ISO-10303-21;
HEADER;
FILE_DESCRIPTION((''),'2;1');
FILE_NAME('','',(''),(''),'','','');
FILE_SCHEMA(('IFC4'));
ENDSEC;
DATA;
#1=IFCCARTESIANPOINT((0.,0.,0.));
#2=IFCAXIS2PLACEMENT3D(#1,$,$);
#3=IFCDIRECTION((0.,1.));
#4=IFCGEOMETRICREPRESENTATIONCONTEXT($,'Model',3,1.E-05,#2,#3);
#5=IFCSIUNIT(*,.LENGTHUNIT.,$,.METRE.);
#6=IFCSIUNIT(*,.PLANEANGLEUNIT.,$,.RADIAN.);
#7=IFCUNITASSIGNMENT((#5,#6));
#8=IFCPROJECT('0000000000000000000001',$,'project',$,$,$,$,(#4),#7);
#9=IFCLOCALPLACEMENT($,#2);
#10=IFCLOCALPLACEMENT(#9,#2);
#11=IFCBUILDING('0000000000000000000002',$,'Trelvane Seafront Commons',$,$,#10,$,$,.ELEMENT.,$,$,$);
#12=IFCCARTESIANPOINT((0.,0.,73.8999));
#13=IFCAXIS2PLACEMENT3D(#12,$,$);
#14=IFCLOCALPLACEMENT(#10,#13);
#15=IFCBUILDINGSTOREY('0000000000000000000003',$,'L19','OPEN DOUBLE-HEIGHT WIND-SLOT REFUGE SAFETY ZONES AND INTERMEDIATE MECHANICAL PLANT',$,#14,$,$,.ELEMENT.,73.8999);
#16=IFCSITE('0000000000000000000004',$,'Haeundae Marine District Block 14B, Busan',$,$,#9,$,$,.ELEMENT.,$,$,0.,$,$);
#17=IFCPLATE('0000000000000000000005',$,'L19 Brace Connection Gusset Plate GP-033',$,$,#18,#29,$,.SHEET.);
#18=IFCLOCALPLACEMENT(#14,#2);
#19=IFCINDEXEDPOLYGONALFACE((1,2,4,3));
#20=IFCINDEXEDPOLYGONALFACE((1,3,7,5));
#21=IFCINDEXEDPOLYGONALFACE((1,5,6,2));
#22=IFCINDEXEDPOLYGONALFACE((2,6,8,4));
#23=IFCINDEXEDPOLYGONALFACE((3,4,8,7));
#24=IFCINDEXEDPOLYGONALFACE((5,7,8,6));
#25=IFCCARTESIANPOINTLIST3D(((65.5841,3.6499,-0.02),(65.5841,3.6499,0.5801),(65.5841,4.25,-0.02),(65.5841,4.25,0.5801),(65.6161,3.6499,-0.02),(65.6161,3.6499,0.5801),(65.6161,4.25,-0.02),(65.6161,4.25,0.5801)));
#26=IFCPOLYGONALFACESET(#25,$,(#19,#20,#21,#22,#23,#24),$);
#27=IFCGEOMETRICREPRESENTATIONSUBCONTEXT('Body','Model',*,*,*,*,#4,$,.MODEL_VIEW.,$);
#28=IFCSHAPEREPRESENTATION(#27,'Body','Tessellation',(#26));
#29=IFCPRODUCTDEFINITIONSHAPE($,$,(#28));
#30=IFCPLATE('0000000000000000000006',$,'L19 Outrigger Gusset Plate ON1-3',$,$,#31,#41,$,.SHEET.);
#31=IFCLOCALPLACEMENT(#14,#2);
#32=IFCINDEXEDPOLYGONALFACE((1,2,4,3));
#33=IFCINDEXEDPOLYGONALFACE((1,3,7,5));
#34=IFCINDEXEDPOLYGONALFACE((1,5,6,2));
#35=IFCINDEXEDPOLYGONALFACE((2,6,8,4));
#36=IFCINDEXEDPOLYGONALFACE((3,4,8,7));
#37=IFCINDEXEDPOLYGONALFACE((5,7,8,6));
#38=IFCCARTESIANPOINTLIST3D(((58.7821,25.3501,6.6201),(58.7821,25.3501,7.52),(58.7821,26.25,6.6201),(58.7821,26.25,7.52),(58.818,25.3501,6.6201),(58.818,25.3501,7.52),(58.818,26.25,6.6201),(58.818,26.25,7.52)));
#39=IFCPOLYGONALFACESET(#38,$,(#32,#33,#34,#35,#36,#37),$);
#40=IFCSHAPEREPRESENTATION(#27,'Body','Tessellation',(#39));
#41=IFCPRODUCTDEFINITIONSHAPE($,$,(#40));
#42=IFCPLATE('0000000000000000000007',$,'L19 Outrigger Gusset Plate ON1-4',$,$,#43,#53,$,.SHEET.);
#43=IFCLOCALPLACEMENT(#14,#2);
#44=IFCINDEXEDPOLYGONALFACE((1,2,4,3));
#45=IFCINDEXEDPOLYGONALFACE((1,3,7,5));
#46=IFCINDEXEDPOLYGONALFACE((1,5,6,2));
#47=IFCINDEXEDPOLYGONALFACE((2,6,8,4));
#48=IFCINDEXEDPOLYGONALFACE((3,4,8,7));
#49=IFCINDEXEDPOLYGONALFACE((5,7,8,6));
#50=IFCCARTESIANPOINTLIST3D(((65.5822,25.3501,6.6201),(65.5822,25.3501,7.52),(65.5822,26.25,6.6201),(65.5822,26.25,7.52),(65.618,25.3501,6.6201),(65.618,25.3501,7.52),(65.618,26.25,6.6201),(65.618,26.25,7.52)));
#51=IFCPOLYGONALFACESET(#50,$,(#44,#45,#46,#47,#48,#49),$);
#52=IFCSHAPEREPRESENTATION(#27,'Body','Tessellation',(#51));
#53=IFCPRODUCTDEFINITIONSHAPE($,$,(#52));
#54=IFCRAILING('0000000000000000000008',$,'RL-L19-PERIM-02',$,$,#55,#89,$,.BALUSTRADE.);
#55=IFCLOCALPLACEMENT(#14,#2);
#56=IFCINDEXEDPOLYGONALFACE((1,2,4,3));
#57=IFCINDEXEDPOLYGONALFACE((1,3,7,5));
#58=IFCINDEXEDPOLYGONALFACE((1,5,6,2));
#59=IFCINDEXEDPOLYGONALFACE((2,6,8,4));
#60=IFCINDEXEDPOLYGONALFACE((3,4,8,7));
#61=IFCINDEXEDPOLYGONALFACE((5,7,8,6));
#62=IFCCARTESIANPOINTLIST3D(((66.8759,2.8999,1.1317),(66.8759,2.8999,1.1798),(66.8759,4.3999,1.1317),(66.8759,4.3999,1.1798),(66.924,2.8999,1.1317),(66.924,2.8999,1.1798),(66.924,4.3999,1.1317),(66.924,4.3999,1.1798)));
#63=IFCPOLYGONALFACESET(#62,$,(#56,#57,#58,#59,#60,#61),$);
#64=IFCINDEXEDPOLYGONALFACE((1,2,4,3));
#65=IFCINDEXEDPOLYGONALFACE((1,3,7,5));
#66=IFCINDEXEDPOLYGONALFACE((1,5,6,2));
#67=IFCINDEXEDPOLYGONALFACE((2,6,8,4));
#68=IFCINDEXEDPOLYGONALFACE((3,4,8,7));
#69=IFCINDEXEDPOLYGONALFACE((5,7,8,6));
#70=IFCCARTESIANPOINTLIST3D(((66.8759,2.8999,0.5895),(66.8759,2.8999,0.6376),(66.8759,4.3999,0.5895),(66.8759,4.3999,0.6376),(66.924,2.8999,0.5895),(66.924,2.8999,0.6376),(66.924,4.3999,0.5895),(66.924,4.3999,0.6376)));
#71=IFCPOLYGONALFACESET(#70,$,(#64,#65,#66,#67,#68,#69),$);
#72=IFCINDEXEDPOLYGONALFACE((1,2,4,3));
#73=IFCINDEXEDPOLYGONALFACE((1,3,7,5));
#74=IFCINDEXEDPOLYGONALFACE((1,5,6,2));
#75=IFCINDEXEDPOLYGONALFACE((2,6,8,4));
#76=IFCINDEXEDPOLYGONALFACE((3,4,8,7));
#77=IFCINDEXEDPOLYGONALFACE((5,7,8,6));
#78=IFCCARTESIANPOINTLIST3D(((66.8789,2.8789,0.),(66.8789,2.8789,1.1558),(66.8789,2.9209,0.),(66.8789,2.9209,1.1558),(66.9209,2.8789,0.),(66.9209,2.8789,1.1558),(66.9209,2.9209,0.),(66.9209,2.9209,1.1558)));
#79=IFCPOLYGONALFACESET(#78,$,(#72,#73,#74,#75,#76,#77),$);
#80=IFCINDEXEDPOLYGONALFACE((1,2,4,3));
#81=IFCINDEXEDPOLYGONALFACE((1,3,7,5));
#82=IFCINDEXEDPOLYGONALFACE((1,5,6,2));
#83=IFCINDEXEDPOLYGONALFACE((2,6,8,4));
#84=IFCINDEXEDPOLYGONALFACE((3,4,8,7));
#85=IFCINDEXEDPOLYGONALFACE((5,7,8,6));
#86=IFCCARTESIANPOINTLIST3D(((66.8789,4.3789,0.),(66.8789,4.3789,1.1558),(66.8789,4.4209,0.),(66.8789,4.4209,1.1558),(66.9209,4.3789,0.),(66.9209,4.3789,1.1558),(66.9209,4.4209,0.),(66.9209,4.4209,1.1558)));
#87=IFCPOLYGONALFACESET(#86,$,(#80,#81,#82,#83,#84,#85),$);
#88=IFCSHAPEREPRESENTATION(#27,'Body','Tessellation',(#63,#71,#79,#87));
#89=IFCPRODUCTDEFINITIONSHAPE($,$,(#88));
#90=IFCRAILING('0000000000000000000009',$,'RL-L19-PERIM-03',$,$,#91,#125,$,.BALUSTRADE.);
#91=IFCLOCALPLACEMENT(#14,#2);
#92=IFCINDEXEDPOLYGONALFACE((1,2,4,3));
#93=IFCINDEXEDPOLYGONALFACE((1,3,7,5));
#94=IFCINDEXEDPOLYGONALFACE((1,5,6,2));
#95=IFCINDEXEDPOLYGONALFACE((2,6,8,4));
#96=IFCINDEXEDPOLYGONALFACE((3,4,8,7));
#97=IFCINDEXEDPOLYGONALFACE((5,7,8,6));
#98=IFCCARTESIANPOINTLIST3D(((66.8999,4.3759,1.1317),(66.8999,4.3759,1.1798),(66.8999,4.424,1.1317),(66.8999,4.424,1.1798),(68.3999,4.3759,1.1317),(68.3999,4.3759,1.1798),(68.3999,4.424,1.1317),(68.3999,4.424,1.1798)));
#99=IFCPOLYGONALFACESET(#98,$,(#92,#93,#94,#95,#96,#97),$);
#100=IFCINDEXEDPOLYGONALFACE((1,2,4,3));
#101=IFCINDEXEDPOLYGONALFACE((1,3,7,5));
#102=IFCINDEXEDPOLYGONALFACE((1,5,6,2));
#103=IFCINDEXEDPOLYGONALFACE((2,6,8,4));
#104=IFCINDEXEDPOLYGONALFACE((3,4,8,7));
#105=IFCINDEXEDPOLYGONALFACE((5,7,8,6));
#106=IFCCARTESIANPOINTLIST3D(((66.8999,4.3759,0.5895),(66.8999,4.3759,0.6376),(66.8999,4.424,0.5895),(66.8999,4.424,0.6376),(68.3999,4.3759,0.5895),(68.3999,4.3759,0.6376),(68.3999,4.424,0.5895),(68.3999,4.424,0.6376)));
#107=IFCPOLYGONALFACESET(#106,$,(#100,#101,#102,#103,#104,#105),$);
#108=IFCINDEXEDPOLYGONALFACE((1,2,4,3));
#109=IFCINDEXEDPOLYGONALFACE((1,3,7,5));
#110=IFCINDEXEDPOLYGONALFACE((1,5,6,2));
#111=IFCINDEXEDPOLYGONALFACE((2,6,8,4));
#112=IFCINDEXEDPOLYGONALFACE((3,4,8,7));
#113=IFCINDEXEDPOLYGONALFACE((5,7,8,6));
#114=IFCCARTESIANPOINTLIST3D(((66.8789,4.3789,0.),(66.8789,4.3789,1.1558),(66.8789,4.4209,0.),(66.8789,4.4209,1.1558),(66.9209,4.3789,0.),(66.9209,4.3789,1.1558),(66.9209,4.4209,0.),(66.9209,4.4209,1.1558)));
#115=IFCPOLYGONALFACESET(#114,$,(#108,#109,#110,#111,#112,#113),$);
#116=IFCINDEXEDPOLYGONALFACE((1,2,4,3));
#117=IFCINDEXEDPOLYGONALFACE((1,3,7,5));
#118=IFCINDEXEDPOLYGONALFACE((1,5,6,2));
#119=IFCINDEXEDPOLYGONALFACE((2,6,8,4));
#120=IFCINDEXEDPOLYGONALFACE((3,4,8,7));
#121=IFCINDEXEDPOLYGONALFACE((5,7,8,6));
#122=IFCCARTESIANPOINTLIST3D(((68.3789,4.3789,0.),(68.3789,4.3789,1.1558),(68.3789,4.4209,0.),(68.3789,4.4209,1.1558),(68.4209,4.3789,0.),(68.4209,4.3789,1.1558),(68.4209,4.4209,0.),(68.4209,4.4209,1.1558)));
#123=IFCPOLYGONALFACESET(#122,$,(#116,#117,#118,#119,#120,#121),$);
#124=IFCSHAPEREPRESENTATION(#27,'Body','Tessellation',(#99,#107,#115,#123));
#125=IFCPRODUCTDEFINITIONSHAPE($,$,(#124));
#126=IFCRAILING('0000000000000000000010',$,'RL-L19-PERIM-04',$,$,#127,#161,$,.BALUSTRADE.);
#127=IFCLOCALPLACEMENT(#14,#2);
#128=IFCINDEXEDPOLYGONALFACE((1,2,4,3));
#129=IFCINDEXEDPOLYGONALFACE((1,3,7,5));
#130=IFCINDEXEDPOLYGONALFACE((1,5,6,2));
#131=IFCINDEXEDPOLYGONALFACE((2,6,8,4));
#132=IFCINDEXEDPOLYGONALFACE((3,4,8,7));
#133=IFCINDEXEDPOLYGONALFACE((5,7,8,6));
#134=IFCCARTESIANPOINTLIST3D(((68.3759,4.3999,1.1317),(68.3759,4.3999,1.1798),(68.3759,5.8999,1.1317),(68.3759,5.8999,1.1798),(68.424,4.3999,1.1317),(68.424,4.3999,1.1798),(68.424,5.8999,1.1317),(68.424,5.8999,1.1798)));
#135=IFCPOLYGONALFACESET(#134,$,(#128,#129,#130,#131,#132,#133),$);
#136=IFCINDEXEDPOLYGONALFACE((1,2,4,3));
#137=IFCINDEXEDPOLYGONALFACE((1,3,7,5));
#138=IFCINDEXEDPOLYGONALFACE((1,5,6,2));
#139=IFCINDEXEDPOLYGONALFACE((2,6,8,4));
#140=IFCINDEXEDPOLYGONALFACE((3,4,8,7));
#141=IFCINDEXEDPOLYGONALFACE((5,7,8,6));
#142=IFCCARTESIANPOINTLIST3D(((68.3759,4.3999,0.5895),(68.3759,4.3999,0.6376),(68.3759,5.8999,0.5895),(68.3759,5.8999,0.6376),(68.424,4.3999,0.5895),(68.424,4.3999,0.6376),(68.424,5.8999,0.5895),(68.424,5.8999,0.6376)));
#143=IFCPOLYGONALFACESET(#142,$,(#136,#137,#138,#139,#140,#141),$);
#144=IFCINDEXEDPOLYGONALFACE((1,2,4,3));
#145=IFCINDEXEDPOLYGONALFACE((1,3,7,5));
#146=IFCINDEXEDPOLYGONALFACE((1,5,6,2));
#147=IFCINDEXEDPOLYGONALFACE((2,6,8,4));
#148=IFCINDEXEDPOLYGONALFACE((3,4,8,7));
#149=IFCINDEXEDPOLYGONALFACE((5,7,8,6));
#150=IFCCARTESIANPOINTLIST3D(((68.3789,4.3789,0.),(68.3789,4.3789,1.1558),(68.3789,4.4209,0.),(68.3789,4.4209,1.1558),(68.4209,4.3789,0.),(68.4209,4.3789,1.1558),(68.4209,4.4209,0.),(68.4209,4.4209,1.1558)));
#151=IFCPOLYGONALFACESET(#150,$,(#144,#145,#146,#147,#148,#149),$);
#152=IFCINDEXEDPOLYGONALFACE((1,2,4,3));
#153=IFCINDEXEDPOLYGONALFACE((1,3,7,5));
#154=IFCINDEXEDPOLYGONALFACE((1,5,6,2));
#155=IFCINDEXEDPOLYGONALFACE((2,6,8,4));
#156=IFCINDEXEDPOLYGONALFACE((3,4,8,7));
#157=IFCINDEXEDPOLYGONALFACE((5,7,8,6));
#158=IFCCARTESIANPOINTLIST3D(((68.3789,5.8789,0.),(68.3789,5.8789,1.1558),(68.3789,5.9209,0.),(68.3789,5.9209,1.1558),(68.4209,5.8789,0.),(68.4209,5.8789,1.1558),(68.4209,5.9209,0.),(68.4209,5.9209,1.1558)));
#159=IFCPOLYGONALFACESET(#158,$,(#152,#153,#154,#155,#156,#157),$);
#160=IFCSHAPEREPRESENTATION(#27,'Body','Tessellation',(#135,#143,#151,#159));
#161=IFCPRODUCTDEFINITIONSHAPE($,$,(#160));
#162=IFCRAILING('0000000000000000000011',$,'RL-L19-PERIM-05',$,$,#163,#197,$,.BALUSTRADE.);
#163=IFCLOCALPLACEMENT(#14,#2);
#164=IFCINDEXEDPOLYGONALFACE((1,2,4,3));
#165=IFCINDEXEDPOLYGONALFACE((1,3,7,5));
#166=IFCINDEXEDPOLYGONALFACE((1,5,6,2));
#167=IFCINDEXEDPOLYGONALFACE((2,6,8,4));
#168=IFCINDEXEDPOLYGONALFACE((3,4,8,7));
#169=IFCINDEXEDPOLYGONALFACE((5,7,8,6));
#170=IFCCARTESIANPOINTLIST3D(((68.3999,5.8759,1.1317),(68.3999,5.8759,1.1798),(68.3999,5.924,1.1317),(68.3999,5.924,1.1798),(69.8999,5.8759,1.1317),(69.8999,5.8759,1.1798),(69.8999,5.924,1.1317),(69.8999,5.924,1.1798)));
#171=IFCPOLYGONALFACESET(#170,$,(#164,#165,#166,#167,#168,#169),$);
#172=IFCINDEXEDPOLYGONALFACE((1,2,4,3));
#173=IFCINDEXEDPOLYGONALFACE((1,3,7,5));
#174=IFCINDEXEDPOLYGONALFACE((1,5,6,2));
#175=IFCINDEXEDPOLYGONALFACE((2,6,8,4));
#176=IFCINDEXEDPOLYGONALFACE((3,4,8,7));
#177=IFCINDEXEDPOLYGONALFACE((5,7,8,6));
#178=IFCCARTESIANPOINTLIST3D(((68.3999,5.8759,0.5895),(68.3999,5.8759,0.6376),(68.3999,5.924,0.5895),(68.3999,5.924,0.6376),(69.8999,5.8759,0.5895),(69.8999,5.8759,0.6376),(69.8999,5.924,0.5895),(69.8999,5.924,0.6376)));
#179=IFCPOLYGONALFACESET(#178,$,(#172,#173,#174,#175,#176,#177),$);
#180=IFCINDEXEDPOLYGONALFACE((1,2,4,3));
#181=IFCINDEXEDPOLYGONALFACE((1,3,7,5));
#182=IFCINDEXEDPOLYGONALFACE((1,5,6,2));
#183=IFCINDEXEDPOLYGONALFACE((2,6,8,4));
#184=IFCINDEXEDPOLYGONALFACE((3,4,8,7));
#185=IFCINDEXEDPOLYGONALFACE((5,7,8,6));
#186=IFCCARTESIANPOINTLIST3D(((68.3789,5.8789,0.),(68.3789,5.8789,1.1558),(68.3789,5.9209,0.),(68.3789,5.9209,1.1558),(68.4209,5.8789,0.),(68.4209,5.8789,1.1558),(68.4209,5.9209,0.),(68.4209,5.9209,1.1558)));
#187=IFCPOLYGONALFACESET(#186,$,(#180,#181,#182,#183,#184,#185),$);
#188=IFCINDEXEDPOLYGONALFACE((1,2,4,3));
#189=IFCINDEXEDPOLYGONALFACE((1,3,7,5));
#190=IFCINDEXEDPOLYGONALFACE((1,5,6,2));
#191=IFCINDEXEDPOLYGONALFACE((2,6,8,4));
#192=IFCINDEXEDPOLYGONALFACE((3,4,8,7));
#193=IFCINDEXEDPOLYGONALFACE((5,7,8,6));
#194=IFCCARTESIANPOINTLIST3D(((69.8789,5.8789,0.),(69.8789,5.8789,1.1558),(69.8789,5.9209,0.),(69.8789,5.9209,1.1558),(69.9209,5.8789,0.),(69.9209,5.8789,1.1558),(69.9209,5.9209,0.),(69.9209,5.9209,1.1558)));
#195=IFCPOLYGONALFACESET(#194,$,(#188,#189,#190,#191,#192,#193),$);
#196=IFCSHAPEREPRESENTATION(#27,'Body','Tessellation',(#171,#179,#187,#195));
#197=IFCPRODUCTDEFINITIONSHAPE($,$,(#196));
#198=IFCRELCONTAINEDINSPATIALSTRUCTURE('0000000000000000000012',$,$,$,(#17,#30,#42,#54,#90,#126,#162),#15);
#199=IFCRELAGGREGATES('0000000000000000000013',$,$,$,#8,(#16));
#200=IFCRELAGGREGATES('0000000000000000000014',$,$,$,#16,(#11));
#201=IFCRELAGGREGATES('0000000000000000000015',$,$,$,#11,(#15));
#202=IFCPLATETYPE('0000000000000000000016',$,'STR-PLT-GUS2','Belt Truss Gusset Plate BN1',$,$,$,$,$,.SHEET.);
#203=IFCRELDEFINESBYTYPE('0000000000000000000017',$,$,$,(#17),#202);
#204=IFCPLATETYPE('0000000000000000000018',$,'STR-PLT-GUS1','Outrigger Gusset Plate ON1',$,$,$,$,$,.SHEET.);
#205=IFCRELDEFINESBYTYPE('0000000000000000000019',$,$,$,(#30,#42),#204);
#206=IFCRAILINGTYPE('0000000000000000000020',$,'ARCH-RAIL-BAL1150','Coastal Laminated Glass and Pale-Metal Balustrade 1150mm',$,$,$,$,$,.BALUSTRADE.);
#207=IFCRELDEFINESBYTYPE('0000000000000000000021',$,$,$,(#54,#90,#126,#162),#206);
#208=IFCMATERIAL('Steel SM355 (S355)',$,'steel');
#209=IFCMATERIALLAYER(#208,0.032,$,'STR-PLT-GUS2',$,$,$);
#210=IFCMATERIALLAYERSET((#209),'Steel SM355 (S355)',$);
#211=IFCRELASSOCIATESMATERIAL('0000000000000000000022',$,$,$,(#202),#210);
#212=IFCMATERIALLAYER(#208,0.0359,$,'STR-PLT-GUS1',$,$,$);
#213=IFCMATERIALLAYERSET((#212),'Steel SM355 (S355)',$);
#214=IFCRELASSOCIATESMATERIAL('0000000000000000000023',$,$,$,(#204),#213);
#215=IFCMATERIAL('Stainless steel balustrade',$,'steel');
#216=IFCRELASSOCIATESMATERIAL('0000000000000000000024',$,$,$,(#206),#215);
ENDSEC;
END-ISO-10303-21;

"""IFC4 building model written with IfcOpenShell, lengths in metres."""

from ifc_helpers import new_model, si_unit, direction, frame, origin, origin_2d, place, context, subcontext, project, spatial, rectangle, extrude, source, transform, mapped, material, layer, layer_set, type_object, element, save


model = new_model("IFC4")

# Units and contexts
model_context = context("Model", 3, precision=1e-05, world=origin(), true_north=direction((0.0, 1.0)))
body_context = subcontext(model_context, "Body", "Model", "MODEL_VIEW")
ifc_project = project(units=[si_unit("LENGTHUNIT", "METRE"), si_unit("PLANEANGLEUNIT", "RADIAN")], contexts=[model_context])

# Site, building, storey
site_placement = place(None, origin())
site = spatial("IfcSite", under=ifc_project, at=site_placement, Name="Haeundae Marine District Block 14B, Busan", CompositionType="ELEMENT", RefElevation=0.0)
building_placement = place(site_placement, origin())
building = spatial("IfcBuilding", under=site, at=building_placement, Name="Trelvane Seafront Commons", CompositionType="ELEMENT")
storey_placement = place(building_placement, frame((0.0, 0.0, 73.8999)))
storey = spatial("IfcBuildingStorey", under=building, at=storey_placement, Name="L19", Description="OPEN DOUBLE-HEIGHT WIND-SLOT REFUGE SAFETY ZONES AND INTERMEDIATE MECHANICAL PLANT", CompositionType="ELEMENT", Elevation=73.8999)

# Shared definitions
ifc_material_1 = material(Name="Steel SM355 (S355)", Category="steel")

# Plates
ifc_layer_1 = layer(ifc_material_1, 0.032, Name="STR-PLT-GUS2")
ifc_layer_set_1 = layer_set([ifc_layer_1], Name="Steel SM355 (S355)")
plate_type_1 = type_object("IfcPlateType", Name="STR-PLT-GUS2", Description="Belt Truss Gusset Plate BN1", PredefinedType="SHEET", material=ifc_layer_set_1)
shared_shape_1 = source(origin(), body_context, "Body", "SweptSolid", [
    extrude(rectangle(XDim=0.032, YDim=0.6001, at=origin_2d()), origin(), (0.0, 0.0, 1.0), 0.6001),
])
for number, where, z_axis, x_axis, name in (
    (1, (65.6001, 3.95, -0.02), (0.0, 0.0, 1.0), (1.0, 0.0, 0.0), "L19 Brace Connection Gusset Plate GP-033"),
):
    element("IfcPlate", number, at=place(storey_placement, frame(where, z_axis=z_axis, x_axis=x_axis)), inside=storey, type_object=plate_type_1, Name=name, PredefinedType="SHEET", context=body_context, shape_type="MappedRepresentation", body=[
        mapped(shared_shape_1, transform((0.0, 0.0, 0.0), x_axis=(1.0, 0.0, 0.0), y_axis=(0.0, 1.0, 0.0), z_axis=(0.0, 0.0, 1.0), scale=1.0)),
    ])
ifc_layer_2 = layer(ifc_material_1, 0.0359, Name="STR-PLT-GUS1")
ifc_layer_set_2 = layer_set([ifc_layer_2], Name="Steel SM355 (S355)")
plate_type_2 = type_object("IfcPlateType", Name="STR-PLT-GUS1", Description="Outrigger Gusset Plate ON1", PredefinedType="SHEET", material=ifc_layer_set_2)
shared_shape_2 = source(origin(), body_context, "Body", "SweptSolid", [
    extrude(rectangle(XDim=0.0359, YDim=0.8999, at=origin_2d()), origin(), (0.0, 0.0, 1.0), 0.8999),
])
for number, where, z_axis, x_axis, name in (
    (2, (58.8, 25.8, 6.6201), (0.0, 0.0, 1.0), (1.0, 0.0, 0.0), "L19 Outrigger Gusset Plate ON1-3"),
    (3, (65.6001, 25.8, 6.6201), (0.0, 0.0, 1.0), (1.0, 0.0, 0.0), "L19 Outrigger Gusset Plate ON1-4"),
):
    element("IfcPlate", number, at=place(storey_placement, frame(where, z_axis=z_axis, x_axis=x_axis)), inside=storey, type_object=plate_type_2, Name=name, PredefinedType="SHEET", context=body_context, shape_type="MappedRepresentation", body=[
        mapped(shared_shape_2, transform((0.0, 0.0, 0.0), x_axis=(1.0, 0.0, 0.0), y_axis=(0.0, 1.0, 0.0), z_axis=(0.0, 0.0, 1.0), scale=1.0)),
    ])

# Railings
ifc_material_2 = material(Name="Stainless steel balustrade", Category="steel")
railing_type = type_object("IfcRailingType", Name="ARCH-RAIL-BAL1150", Description="Coastal Laminated Glass and Pale-Metal Balustrade 1150mm", PredefinedType="BALUSTRADE", material=ifc_material_2)
railing_1_placement = place(storey_placement, frame((66.8999, 2.8999, 0.0)))
element("IfcRailing", 4, at=railing_1_placement, inside=storey, type_object=railing_type, Name="RL-L19-PERIM-02", PredefinedType="BALUSTRADE", context=body_context, shape_type="SweptSolid", body=[
    extrude(rectangle(XDim=0.0481, YDim=0.0481, at=origin_2d()), frame((0.0, 0.0, 1.1558), z_axis=(0.0, 1.0, 0.0), x_axis=(-1.0, 0.0, 0.0)), (0.0, 0.0, 1.0), 1.5),
    extrude(rectangle(XDim=0.0481, YDim=0.0481, at=origin_2d()), frame((0.0, 0.0, 0.6135), z_axis=(0.0, 1.0, 0.0), x_axis=(-1.0, 0.0, 0.0)), (0.0, 0.0, 1.0), 1.5),
    extrude(rectangle(XDim=0.042, YDim=0.042, at=origin_2d()), origin(), (0.0, 0.0, 1.0), 1.1558),
    extrude(rectangle(XDim=0.042, YDim=0.042, at=origin_2d()), frame((0.0, 1.5, 0.0)), (0.0, 0.0, 1.0), 1.1558),
])
railing_2_placement = place(storey_placement, frame((66.8999, 4.3999, 0.0)))
element("IfcRailing", 5, at=railing_2_placement, inside=storey, type_object=railing_type, Name="RL-L19-PERIM-03", PredefinedType="BALUSTRADE", context=body_context, shape_type="SweptSolid", body=[
    extrude(rectangle(XDim=0.0481, YDim=0.0481, at=origin_2d()), frame((0.0, 0.0, 1.1558), z_axis=(1.0, 0.0, 0.0), x_axis=(0.0, 1.0, 0.0)), (0.0, 0.0, 1.0), 1.5),
    extrude(rectangle(XDim=0.0481, YDim=0.0481, at=origin_2d()), frame((0.0, 0.0, 0.6135), z_axis=(1.0, 0.0, 0.0), x_axis=(0.0, 1.0, 0.0)), (0.0, 0.0, 1.0), 1.5),
    extrude(rectangle(XDim=0.042, YDim=0.042, at=origin_2d()), origin(), (0.0, 0.0, 1.0), 1.1558),
    extrude(rectangle(XDim=0.042, YDim=0.042, at=origin_2d()), frame((1.5, 0.0, 0.0)), (0.0, 0.0, 1.0), 1.1558),
])
railing_3_placement = place(storey_placement, frame((68.3999, 4.3999, 0.0)))
element("IfcRailing", 6, at=railing_3_placement, inside=storey, type_object=railing_type, Name="RL-L19-PERIM-04", PredefinedType="BALUSTRADE", context=body_context, shape_type="SweptSolid", body=[
    extrude(rectangle(XDim=0.0481, YDim=0.0481, at=origin_2d()), frame((0.0, 0.0, 1.1558), z_axis=(0.0, 1.0, 0.0), x_axis=(-1.0, 0.0, 0.0)), (0.0, 0.0, 1.0), 1.5),
    extrude(rectangle(XDim=0.0481, YDim=0.0481, at=origin_2d()), frame((0.0, 0.0, 0.6135), z_axis=(0.0, 1.0, 0.0), x_axis=(-1.0, 0.0, 0.0)), (0.0, 0.0, 1.0), 1.5),
    extrude(rectangle(XDim=0.042, YDim=0.042, at=origin_2d()), origin(), (0.0, 0.0, 1.0), 1.1558),
    extrude(rectangle(XDim=0.042, YDim=0.042, at=origin_2d()), frame((0.0, 1.5, 0.0)), (0.0, 0.0, 1.0), 1.1558),
])
railing_4_placement = place(storey_placement, frame((68.3999, 5.8999, 0.0)))
element("IfcRailing", 7, at=railing_4_placement, inside=storey, type_object=railing_type, Name="RL-L19-PERIM-05", PredefinedType="BALUSTRADE", context=body_context, shape_type="SweptSolid", body=[
    extrude(rectangle(XDim=0.0481, YDim=0.0481, at=origin_2d()), frame((0.0, 0.0, 1.1558), z_axis=(1.0, 0.0, 0.0), x_axis=(0.0, 1.0, 0.0)), (0.0, 0.0, 1.0), 1.5),
    extrude(rectangle(XDim=0.0481, YDim=0.0481, at=origin_2d()), frame((0.0, 0.0, 0.6135), z_axis=(1.0, 0.0, 0.0), x_axis=(0.0, 1.0, 0.0)), (0.0, 0.0, 1.0), 1.5),
    extrude(rectangle(XDim=0.042, YDim=0.042, at=origin_2d()), origin(), (0.0, 0.0, 1.0), 1.1558),
    extrude(rectangle(XDim=0.042, YDim=0.042, at=origin_2d()), frame((1.5, 0.0, 0.0)), (0.0, 0.0, 1.0), 1.1558),
])

save(model, "model.ifc")
